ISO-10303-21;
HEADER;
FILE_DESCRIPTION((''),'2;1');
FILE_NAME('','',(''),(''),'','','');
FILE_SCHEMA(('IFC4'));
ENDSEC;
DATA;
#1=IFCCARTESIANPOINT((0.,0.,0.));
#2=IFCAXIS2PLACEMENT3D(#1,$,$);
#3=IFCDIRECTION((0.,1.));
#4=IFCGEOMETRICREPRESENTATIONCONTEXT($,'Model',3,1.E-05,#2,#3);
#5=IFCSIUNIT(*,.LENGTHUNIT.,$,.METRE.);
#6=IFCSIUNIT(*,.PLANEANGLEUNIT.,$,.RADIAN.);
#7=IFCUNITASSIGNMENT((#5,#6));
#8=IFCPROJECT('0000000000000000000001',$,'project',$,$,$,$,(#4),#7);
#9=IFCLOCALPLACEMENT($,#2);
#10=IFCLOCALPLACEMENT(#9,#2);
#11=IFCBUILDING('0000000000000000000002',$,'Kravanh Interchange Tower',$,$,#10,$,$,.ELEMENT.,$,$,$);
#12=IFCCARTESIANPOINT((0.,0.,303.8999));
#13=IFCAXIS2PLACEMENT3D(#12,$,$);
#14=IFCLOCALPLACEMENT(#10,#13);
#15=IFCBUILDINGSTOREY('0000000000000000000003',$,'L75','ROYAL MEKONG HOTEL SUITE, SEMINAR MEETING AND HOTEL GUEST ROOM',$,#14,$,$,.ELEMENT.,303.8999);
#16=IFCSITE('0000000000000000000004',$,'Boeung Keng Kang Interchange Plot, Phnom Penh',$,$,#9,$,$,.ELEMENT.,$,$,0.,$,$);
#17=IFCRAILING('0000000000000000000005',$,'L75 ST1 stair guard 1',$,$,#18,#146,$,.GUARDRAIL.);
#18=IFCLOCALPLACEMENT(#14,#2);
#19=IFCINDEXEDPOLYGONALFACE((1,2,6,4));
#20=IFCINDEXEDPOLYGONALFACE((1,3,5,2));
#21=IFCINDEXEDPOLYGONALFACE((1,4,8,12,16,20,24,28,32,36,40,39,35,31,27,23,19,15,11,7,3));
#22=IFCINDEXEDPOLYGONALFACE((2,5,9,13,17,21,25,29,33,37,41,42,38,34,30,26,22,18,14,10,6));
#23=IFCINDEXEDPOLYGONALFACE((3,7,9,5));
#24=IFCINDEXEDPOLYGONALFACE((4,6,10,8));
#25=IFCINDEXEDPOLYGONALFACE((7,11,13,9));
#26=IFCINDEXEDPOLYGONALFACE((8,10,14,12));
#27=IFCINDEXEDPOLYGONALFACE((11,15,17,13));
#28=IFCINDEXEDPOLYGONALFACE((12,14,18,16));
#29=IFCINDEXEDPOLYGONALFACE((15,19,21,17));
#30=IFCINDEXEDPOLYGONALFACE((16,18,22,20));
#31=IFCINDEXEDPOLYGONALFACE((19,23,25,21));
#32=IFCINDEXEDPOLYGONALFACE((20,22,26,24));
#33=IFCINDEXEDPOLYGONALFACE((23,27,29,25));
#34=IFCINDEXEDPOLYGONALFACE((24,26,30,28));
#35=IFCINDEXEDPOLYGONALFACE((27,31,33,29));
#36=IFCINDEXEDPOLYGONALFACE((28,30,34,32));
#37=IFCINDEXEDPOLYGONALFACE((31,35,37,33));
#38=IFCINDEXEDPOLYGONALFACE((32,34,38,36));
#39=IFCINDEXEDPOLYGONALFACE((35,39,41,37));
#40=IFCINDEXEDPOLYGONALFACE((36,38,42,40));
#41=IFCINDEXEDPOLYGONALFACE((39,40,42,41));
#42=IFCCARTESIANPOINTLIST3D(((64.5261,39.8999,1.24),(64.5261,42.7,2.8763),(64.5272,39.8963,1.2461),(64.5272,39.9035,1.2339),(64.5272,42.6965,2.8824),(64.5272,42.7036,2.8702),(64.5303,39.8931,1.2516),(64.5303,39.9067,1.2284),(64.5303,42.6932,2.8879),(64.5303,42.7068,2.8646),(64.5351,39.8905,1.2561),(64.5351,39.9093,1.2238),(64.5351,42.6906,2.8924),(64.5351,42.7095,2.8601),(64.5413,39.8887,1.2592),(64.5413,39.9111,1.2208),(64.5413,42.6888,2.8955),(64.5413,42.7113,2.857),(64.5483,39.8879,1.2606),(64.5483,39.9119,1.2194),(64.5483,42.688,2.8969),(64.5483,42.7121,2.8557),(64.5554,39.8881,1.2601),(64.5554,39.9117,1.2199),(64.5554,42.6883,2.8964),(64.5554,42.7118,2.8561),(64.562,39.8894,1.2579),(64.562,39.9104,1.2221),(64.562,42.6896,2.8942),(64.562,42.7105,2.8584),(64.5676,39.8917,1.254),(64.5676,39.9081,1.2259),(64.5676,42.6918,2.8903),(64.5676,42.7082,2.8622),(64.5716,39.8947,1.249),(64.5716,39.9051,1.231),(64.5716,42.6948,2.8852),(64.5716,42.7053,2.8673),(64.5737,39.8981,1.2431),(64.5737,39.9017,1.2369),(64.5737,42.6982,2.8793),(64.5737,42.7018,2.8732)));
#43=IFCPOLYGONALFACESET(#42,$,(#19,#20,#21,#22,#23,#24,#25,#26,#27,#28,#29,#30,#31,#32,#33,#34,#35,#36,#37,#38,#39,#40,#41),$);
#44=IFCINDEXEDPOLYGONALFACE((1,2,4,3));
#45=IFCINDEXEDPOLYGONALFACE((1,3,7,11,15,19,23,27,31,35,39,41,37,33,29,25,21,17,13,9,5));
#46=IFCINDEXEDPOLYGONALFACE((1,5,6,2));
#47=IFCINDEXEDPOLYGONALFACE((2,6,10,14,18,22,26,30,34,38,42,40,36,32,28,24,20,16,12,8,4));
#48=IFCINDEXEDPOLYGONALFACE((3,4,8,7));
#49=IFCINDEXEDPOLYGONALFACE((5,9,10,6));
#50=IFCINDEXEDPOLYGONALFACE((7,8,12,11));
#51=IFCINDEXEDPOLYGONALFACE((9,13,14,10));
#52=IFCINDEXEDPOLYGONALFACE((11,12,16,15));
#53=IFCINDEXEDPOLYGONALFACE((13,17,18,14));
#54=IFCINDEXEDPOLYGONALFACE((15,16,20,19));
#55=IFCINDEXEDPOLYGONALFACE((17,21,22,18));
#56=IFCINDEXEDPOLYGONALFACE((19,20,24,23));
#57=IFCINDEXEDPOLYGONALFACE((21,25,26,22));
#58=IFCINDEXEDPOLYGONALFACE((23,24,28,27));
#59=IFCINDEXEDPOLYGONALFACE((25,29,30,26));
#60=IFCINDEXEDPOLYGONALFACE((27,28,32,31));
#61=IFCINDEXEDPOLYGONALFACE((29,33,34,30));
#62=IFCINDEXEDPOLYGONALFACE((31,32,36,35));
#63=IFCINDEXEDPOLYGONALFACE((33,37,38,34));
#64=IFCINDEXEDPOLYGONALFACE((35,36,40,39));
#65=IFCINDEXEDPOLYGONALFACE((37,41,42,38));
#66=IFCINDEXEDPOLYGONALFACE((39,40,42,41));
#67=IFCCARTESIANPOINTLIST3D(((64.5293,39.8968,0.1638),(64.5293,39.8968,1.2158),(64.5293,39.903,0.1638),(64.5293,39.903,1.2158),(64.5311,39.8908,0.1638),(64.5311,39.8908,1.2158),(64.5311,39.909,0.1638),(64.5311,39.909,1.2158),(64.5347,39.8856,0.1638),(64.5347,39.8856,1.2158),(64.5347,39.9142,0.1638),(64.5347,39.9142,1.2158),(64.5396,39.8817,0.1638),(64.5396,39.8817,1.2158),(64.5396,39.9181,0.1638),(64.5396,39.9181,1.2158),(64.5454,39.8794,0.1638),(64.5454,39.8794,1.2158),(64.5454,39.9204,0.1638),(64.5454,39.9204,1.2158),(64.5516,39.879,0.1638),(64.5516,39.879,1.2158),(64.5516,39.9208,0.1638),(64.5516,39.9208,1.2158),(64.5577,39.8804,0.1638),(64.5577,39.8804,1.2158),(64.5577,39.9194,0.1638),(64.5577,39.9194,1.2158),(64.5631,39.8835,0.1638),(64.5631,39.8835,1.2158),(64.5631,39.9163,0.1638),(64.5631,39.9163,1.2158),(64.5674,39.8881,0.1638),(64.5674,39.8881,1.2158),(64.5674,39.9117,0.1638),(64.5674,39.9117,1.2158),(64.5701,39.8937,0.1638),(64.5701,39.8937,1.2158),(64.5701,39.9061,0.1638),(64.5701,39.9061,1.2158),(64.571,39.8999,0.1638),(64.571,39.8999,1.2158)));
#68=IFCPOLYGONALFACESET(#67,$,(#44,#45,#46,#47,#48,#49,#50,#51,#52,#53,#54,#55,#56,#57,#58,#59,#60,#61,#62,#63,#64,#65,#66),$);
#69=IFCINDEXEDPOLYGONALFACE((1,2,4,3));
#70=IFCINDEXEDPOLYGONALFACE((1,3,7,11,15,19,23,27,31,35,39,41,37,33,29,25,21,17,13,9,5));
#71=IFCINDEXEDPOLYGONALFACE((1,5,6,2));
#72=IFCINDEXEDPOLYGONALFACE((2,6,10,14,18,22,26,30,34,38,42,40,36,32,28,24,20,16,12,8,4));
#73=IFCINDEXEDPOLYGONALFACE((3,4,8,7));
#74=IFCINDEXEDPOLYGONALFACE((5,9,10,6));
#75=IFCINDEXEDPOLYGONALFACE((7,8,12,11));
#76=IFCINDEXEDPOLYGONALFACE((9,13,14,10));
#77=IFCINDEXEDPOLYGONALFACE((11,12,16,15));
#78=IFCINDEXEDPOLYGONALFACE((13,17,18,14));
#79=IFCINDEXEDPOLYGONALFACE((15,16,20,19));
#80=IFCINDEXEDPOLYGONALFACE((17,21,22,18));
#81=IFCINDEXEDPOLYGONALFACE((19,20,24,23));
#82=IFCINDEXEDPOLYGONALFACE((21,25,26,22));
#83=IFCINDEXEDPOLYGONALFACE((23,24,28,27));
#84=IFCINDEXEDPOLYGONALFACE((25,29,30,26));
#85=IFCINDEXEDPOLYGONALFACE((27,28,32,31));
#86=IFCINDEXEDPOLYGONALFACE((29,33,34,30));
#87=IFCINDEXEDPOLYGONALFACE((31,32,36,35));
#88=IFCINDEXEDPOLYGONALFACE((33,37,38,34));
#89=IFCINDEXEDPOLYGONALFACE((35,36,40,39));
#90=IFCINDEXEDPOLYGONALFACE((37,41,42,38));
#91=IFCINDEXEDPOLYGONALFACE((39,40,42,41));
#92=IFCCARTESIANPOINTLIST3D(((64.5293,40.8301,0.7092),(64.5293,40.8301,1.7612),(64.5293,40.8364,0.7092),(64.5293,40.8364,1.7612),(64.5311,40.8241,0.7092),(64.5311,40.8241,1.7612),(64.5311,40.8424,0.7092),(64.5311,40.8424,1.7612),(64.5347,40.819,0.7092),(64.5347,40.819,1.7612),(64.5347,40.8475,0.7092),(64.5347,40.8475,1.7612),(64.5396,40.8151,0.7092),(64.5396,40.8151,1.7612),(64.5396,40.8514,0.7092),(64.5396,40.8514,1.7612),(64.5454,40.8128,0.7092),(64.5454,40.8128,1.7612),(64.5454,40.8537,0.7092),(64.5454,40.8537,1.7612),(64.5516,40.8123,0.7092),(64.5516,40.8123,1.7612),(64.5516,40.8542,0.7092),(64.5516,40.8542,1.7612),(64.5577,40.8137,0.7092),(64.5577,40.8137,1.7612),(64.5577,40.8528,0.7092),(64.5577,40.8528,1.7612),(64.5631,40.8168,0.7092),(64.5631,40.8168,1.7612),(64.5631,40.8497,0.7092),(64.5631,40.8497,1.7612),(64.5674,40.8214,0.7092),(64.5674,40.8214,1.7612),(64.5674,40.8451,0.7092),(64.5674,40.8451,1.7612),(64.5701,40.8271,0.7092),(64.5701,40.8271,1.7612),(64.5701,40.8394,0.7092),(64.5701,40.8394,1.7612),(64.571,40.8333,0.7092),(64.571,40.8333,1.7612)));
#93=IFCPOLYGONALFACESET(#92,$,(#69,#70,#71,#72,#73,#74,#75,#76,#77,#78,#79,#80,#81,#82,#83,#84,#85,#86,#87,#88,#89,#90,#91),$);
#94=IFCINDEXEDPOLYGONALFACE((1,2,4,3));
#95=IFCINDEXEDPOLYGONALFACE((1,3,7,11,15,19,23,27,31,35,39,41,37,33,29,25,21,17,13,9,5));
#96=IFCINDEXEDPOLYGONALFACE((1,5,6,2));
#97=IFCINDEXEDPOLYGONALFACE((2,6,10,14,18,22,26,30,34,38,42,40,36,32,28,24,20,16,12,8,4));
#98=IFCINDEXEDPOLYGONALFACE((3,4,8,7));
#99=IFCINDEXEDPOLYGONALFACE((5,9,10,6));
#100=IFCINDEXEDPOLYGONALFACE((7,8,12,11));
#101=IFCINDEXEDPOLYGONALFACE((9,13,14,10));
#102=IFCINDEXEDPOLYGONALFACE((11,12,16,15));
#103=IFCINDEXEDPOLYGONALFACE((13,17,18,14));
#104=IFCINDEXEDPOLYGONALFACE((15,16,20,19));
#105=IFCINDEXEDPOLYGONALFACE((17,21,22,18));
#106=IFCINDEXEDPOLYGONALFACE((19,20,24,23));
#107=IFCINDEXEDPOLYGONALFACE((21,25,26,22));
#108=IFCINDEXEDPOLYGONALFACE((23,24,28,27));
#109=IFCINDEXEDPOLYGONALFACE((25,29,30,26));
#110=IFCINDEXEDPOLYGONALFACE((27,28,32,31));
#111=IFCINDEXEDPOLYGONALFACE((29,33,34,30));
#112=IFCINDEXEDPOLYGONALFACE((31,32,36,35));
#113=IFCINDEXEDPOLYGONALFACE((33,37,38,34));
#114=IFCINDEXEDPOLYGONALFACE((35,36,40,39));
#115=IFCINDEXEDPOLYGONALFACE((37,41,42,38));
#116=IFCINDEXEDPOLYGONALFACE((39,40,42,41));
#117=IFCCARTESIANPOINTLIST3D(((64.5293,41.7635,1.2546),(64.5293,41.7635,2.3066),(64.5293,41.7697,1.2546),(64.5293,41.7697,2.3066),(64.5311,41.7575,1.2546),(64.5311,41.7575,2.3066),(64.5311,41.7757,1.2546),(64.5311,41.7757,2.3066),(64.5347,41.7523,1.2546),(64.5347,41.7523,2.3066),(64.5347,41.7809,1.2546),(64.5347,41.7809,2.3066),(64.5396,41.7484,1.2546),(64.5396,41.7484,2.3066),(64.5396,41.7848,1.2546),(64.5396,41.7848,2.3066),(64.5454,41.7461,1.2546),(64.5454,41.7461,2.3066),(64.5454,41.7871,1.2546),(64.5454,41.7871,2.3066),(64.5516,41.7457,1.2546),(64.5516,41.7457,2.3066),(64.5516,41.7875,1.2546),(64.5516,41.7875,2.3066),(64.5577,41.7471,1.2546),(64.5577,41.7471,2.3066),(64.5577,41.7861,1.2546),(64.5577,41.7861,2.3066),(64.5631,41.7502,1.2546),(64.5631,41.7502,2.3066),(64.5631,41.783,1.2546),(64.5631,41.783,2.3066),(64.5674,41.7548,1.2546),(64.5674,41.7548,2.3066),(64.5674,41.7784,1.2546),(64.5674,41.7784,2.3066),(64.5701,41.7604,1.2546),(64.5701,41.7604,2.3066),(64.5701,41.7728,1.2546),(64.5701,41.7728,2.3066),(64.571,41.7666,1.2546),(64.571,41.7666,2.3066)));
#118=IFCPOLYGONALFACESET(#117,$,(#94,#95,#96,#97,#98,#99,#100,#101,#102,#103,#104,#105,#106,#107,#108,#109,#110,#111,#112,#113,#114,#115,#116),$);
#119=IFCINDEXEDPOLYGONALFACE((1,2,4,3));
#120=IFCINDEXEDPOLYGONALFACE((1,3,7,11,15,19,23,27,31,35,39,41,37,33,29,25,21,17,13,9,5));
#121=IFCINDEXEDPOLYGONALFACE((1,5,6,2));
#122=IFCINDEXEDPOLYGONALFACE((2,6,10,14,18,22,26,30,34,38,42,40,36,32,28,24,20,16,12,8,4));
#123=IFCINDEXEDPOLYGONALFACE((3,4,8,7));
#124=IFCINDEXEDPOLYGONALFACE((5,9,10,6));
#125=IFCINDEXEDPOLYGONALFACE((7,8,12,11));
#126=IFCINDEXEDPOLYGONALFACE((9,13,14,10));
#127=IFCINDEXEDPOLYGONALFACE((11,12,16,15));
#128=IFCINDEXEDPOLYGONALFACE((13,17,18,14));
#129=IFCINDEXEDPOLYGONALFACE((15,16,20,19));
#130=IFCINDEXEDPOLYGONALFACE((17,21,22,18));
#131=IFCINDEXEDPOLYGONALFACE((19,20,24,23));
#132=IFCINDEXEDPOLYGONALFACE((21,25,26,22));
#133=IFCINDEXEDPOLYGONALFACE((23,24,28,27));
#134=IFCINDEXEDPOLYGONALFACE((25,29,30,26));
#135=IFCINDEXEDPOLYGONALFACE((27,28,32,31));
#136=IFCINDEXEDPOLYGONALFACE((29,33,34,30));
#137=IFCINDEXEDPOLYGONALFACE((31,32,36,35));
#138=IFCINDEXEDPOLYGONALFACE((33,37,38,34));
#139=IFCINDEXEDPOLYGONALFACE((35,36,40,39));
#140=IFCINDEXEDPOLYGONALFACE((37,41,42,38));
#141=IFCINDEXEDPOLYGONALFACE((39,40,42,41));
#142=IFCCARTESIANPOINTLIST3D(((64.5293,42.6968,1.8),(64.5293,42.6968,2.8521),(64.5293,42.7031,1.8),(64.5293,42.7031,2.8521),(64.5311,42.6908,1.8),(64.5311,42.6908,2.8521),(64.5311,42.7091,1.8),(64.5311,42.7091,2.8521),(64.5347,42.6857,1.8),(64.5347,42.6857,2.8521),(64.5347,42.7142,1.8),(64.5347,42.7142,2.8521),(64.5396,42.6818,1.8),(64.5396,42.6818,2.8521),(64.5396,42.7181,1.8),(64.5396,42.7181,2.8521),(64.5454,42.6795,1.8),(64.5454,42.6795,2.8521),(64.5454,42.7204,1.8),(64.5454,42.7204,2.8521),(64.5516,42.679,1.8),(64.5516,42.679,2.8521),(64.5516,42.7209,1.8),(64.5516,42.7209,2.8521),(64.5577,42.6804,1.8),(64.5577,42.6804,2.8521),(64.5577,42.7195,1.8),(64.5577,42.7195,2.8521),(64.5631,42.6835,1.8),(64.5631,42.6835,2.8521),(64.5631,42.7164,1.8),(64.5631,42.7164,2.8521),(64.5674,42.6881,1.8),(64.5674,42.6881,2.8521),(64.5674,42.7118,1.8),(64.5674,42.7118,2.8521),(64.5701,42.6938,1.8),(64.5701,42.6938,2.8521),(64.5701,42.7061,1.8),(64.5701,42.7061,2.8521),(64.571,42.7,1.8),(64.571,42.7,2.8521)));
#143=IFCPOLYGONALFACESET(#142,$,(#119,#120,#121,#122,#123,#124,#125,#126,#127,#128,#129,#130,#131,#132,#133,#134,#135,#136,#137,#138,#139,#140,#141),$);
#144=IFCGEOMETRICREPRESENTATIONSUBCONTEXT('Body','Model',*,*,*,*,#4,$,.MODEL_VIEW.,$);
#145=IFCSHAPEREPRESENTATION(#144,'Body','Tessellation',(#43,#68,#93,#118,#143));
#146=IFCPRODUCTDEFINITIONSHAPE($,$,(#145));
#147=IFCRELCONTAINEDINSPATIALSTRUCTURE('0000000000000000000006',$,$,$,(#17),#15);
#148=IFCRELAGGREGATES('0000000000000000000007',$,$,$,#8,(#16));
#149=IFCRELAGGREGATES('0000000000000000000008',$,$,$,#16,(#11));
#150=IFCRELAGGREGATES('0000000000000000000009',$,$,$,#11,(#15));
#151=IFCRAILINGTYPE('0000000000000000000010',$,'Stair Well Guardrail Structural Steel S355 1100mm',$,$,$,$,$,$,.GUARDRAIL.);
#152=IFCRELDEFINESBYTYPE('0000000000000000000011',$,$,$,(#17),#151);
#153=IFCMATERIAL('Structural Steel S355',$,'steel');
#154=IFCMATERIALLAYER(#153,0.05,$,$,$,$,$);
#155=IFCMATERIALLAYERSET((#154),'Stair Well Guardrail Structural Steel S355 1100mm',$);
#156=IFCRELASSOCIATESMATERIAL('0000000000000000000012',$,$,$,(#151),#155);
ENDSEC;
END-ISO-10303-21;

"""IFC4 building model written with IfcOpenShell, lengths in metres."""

from ifc_helpers import new_model, si_unit, direction, frame, origin, origin_2d, place, context, subcontext, project, spatial, circle, extrude, material, layer, layer_set, type_object, element, save


model = new_model("IFC4")

# Units and contexts
model_context = context("Model", 3, precision=1e-05, world=origin(), true_north=direction((0.0, 1.0)))
body_context = subcontext(model_context, "Body", "Model", "MODEL_VIEW")
ifc_project = project(units=[si_unit("LENGTHUNIT", "METRE"), si_unit("PLANEANGLEUNIT", "RADIAN")], contexts=[model_context])

# Site, building, storey
site_placement = place(None, origin())
site = spatial("IfcSite", under=ifc_project, at=site_placement, Name="Boeung Keng Kang Interchange Plot, Phnom Penh", CompositionType="ELEMENT", RefElevation=0.0)
building_placement = place(site_placement, origin())
building = spatial("IfcBuilding", under=site, at=building_placement, Name="Kravanh Interchange Tower", CompositionType="ELEMENT")
storey_placement = place(building_placement, frame((0.0, 0.0, 303.8999)))
storey = spatial("IfcBuildingStorey", under=building, at=storey_placement, Name="L75", Description="ROYAL MEKONG HOTEL SUITE, SEMINAR MEETING AND HOTEL GUEST ROOM", CompositionType="ELEMENT", Elevation=303.8999)

# Railing
ifc_material_1 = material(Name="Structural Steel S355", Category="steel")
ifc_layer_1 = layer(ifc_material_1, 0.05)
ifc_layer_set_1 = layer_set([ifc_layer_1], Name="Stair Well Guardrail Structural Steel S355 1100mm")
railing_type_1 = type_object("IfcRailingType", Name="Stair Well Guardrail Structural Steel S355 1100mm", PredefinedType="GUARDRAIL", material=ifc_layer_set_1)
railing_1_placement = place(storey_placement, frame((64.55, 39.8999, 0.1638)))
element("IfcRailing", 1, at=railing_1_placement, inside=storey, type_object=railing_type_1, Name="L75 ST1 stair guard 1", PredefinedType="GUARDRAIL", context=body_context, shape_type="SweptSolid", body=[
    extrude(circle(Radius=0.0239, at=origin_2d()), frame((0.0, 0.0, 1.0762), z_axis=(0.0, 0.863394, 0.504531), x_axis=(-1.0, 0.0, 0.0)), (0.0, 0.0, 1.0), 3.2432),
    extrude(circle(Radius=0.021, at=origin_2d()), origin(), (0.0, 0.0, 1.0), 1.052),
    extrude(circle(Radius=0.021, at=origin_2d()), frame((0.0, 0.9333, 0.5454)), (0.0, 0.0, 1.0), 1.052),
    extrude(circle(Radius=0.021, at=origin_2d()), frame((0.0, 1.8667, 1.0908)), (0.0, 0.0, 1.0), 1.052),
    extrude(circle(Radius=0.021, at=origin_2d()), frame((0.0, 2.8, 1.6362)), (0.0, 0.0, 1.0), 1.052),
])

save(model, "model.ifc")
